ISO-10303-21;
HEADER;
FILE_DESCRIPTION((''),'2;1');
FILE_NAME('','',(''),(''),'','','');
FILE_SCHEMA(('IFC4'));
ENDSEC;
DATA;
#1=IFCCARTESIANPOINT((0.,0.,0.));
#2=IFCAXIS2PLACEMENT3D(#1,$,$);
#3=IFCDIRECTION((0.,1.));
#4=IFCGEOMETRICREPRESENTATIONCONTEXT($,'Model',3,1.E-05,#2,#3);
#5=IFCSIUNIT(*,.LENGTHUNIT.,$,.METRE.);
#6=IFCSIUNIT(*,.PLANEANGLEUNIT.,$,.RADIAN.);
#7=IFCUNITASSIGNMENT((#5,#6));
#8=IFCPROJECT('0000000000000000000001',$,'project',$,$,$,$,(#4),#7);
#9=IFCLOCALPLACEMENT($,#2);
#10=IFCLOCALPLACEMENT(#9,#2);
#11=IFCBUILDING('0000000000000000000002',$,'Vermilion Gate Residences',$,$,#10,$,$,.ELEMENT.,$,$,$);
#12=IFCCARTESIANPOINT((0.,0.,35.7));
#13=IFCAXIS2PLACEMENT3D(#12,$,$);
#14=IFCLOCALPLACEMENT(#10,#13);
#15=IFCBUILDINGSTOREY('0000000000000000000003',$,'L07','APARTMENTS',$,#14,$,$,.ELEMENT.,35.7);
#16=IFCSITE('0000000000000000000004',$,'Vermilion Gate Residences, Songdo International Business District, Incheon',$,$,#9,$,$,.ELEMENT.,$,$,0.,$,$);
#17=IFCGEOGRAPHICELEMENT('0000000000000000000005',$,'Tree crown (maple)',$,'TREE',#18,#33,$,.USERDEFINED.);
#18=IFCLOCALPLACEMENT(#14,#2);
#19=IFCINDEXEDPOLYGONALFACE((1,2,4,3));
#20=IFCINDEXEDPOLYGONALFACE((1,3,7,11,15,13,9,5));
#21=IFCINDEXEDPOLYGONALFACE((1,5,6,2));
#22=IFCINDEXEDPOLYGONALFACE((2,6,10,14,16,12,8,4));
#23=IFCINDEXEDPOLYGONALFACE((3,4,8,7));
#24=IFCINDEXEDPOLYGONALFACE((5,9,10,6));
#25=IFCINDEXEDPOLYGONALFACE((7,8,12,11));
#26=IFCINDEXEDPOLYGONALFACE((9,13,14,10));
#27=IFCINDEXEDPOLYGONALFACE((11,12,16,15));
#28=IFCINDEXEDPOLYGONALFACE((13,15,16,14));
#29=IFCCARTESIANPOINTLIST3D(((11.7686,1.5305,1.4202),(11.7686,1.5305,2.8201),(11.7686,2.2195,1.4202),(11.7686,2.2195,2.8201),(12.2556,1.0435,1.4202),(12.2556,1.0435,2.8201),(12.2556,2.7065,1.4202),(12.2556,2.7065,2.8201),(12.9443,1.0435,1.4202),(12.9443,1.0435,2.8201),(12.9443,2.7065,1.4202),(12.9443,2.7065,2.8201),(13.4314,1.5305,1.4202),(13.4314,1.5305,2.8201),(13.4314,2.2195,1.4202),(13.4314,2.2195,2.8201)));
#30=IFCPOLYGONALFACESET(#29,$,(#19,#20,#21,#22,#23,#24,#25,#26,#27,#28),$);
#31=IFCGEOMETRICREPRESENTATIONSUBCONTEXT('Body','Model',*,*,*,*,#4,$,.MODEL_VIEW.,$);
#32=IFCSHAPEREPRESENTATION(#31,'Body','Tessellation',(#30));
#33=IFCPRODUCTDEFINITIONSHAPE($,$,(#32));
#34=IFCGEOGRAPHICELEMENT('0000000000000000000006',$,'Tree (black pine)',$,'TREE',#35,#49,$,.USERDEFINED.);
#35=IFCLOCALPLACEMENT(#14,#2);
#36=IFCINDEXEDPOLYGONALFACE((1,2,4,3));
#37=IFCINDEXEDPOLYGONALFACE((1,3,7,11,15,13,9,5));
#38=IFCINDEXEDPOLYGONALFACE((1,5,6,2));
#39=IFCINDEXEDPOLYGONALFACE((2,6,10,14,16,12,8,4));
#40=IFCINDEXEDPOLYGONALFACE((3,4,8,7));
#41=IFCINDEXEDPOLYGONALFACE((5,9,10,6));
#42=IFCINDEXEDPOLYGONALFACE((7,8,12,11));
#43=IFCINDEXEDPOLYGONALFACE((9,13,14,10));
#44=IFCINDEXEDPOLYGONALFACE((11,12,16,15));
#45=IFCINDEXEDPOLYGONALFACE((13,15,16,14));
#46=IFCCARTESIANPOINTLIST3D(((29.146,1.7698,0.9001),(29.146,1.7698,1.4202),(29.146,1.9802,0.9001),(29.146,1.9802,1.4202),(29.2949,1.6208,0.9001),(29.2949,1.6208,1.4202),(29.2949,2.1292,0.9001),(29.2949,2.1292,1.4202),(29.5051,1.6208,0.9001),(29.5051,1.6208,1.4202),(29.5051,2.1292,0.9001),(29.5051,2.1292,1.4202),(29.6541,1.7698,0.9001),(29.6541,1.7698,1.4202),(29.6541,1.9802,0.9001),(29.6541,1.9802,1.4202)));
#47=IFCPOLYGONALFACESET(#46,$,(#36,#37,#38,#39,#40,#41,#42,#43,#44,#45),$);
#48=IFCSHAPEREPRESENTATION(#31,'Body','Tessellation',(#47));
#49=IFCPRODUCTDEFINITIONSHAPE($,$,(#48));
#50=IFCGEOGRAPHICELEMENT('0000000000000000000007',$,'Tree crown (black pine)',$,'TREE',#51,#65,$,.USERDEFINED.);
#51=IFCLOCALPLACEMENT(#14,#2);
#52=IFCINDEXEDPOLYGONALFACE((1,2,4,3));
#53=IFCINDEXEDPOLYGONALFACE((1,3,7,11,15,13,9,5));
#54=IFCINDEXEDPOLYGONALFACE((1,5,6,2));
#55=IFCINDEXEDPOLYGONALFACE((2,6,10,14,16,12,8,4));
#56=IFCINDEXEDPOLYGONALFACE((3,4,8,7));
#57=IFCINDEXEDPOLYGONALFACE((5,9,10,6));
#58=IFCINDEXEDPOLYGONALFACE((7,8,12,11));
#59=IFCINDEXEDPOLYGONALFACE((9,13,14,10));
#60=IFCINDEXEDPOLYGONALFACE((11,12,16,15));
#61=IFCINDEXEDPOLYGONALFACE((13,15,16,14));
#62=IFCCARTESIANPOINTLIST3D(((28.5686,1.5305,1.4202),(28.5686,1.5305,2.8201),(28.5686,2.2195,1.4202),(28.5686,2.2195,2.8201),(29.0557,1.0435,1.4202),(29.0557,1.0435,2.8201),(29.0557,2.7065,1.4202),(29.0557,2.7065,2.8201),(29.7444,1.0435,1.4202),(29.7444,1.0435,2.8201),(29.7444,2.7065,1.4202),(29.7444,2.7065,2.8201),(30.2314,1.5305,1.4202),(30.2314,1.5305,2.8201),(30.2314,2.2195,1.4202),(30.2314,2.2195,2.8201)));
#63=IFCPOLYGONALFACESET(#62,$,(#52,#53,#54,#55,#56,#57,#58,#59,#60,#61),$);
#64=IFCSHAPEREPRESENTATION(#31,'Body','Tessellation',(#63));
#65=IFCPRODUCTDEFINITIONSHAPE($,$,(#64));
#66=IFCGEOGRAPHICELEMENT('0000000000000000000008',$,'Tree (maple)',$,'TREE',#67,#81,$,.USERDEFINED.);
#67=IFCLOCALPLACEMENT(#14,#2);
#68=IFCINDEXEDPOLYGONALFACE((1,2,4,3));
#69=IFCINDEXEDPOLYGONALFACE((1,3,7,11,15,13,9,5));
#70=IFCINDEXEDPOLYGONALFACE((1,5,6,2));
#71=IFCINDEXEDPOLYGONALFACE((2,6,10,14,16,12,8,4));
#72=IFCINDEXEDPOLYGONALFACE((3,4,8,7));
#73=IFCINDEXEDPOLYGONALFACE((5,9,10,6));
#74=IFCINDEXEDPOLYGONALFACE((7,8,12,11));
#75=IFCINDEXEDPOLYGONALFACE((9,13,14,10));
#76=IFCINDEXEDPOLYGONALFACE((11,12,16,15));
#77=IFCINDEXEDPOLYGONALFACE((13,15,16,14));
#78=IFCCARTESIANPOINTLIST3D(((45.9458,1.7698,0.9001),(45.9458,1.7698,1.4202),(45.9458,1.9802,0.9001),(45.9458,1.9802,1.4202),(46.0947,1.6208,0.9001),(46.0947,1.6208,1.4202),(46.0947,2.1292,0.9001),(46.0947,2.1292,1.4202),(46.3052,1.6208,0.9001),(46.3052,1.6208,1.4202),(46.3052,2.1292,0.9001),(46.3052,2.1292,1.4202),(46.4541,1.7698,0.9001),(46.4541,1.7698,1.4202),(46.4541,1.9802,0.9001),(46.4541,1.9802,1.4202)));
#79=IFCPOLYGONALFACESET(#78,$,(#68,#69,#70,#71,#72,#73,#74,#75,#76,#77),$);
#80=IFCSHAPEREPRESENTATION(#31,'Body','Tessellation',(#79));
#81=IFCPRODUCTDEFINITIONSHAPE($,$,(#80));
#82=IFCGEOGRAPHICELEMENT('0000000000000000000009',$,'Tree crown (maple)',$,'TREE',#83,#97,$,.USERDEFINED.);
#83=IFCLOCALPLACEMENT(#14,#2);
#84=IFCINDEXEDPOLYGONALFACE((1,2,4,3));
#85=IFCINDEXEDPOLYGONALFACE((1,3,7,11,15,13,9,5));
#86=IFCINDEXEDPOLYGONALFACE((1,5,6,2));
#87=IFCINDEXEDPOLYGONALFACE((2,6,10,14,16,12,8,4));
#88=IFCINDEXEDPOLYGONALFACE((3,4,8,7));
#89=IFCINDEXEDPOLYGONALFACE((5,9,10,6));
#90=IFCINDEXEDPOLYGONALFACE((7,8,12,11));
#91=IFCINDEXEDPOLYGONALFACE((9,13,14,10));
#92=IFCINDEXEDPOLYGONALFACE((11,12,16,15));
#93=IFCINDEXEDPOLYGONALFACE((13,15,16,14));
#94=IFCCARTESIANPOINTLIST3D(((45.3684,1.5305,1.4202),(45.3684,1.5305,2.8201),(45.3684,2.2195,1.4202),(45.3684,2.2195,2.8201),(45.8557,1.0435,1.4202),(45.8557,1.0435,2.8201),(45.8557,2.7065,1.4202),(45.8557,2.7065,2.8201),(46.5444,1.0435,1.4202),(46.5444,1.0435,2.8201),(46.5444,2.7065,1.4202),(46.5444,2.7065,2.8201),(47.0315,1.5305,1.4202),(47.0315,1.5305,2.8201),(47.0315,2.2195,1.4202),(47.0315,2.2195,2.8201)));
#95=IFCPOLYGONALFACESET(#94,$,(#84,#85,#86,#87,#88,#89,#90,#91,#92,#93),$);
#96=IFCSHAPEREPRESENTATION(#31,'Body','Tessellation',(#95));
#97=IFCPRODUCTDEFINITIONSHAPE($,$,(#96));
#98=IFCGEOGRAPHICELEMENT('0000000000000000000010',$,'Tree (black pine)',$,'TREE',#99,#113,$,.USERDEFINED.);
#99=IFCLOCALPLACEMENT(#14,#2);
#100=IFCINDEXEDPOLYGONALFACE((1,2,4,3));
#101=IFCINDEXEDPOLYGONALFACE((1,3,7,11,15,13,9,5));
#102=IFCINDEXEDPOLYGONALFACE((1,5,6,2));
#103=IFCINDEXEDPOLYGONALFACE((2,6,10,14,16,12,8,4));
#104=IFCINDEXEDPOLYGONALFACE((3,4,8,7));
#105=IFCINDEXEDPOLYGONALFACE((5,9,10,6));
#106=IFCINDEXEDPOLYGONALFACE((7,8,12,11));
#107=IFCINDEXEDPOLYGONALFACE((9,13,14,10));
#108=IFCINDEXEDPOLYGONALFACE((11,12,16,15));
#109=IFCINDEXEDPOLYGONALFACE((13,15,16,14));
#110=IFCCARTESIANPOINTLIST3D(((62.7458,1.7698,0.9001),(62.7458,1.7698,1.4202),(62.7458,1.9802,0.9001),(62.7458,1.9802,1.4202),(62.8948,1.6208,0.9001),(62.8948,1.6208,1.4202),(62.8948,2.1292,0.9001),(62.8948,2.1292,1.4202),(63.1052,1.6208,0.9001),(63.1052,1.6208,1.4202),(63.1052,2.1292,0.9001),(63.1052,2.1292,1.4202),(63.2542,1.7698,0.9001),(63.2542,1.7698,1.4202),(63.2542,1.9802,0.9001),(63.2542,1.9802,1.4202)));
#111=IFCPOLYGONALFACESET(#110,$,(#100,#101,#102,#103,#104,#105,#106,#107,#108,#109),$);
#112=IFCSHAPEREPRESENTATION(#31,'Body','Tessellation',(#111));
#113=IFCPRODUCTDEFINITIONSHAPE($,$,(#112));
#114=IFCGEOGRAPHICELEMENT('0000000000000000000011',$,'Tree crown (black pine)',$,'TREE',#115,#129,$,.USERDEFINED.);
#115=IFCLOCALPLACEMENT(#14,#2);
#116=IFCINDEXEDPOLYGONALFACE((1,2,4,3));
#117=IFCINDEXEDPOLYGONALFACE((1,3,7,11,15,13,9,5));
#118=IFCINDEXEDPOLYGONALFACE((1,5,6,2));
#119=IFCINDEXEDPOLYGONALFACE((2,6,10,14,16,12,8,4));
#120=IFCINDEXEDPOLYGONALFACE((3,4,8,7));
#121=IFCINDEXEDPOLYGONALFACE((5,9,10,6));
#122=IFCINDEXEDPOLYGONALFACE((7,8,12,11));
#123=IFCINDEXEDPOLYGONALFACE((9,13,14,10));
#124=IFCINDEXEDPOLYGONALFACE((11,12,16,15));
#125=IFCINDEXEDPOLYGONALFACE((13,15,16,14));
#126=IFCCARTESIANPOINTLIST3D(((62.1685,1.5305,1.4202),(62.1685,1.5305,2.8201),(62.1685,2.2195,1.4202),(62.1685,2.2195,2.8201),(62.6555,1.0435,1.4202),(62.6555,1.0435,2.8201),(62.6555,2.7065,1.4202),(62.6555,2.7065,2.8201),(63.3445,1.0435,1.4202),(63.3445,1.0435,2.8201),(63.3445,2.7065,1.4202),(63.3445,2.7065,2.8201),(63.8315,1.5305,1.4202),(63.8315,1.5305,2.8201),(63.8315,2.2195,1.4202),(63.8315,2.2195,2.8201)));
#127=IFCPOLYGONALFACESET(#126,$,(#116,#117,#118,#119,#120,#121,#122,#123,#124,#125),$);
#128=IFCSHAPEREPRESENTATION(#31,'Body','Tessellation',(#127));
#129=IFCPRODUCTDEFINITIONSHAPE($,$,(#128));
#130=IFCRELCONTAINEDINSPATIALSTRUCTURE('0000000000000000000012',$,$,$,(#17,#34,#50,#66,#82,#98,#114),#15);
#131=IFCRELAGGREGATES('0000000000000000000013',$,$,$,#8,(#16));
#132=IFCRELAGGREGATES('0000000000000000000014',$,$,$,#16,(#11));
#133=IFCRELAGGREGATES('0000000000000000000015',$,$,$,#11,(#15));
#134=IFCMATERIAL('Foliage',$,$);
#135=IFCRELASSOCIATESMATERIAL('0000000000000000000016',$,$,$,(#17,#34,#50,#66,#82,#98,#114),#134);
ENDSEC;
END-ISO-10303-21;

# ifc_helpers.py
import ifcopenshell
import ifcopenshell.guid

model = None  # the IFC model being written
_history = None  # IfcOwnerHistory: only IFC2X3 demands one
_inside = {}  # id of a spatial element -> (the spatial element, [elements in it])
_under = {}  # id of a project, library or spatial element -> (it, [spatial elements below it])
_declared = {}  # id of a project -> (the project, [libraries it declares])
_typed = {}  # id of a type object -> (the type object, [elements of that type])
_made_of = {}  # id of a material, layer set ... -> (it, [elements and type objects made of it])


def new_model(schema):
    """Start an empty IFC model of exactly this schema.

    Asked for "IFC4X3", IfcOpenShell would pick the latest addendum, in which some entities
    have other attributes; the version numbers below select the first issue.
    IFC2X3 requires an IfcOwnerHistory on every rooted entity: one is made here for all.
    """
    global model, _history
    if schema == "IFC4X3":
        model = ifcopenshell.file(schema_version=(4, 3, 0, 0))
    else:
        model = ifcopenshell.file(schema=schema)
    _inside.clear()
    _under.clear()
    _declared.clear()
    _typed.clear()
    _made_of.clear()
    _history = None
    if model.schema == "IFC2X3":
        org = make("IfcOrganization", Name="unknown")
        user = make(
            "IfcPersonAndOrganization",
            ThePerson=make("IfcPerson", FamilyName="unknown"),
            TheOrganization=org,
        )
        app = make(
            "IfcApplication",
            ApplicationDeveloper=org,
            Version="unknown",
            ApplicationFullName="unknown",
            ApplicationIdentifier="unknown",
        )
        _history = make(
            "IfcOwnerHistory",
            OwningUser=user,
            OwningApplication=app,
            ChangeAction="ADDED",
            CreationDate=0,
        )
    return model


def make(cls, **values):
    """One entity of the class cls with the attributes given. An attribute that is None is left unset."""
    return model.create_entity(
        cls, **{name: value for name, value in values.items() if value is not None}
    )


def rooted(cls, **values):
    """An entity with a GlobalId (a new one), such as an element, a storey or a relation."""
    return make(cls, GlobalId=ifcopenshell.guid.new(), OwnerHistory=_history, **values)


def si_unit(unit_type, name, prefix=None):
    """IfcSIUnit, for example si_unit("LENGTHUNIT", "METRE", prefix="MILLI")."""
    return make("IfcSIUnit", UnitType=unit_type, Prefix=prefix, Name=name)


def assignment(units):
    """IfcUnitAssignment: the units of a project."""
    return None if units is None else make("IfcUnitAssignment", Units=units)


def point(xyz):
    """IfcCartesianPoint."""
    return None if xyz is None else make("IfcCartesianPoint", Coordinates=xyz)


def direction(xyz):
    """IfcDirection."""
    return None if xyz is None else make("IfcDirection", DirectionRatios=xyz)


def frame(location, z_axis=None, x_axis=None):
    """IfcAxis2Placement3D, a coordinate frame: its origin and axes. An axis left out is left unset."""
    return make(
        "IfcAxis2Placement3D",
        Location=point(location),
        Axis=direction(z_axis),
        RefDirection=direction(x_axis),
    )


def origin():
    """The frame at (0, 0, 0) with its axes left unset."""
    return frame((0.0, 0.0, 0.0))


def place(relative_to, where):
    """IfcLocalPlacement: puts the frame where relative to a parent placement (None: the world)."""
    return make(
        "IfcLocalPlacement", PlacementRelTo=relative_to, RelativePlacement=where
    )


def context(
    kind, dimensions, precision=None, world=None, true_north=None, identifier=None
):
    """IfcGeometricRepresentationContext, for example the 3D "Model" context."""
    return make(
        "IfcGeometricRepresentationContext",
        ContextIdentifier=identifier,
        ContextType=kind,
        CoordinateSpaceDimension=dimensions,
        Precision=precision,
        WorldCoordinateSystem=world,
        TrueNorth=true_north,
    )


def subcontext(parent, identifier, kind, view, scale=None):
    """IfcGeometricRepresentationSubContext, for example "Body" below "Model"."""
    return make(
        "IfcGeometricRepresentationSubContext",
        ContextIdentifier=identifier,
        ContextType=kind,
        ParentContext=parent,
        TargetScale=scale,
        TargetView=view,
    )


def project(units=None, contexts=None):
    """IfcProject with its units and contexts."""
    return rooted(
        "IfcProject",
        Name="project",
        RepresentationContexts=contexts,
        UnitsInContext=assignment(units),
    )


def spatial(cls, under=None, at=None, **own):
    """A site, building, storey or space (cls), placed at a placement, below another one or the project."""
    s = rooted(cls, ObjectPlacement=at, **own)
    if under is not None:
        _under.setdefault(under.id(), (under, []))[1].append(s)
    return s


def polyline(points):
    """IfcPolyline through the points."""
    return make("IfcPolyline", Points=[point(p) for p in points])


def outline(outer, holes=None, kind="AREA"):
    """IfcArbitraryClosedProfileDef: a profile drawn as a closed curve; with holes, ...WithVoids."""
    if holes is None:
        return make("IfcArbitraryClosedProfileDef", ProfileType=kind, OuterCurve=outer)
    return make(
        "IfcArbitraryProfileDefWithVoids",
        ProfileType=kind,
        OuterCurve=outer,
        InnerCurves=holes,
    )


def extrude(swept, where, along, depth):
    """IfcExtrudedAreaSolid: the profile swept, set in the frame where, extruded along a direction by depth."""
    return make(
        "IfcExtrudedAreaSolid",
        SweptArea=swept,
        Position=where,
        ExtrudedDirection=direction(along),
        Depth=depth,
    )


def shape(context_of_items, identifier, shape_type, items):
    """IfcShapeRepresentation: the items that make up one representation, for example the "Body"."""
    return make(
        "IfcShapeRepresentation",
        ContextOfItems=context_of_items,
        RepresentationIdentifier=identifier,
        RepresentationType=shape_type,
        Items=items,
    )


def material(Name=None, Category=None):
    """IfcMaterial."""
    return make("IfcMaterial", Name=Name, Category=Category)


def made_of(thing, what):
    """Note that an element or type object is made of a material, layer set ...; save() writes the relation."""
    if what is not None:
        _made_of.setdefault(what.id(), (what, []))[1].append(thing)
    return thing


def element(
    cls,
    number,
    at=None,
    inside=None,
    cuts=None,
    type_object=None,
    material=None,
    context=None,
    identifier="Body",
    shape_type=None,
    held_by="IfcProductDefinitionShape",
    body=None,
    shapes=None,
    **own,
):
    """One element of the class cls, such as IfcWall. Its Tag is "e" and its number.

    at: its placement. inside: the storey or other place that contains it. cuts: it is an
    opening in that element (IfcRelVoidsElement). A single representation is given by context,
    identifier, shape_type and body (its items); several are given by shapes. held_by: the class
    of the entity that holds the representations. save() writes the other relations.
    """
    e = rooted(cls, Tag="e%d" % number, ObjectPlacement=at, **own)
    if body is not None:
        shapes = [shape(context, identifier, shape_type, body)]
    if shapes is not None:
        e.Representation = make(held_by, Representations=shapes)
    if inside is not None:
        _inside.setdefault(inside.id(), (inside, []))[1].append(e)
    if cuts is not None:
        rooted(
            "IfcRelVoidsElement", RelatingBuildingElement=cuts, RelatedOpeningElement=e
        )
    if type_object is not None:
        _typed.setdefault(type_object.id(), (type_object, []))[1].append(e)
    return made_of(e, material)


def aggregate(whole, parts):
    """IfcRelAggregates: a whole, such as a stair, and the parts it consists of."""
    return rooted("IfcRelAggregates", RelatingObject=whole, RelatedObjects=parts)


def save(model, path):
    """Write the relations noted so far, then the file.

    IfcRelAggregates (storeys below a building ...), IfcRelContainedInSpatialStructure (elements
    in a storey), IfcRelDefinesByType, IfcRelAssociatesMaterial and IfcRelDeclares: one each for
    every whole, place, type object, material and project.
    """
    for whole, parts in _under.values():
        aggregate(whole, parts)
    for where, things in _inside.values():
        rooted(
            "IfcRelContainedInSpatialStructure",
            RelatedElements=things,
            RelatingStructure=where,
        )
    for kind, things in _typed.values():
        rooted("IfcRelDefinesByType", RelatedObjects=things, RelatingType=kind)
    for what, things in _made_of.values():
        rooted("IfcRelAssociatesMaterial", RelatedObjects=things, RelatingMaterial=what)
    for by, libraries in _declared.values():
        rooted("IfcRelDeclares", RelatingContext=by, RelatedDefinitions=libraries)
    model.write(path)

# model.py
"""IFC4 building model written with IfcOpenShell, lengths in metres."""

from ifc_helpers import new_model, si_unit, direction, frame, origin, place, context, subcontext, project, spatial, polyline, outline, extrude, material, element, save


model = new_model("IFC4")

# Units and contexts
model_context = context("Model", 3, precision=1e-05, world=origin(), true_north=direction((0.0, 1.0)))
body_context = subcontext(model_context, "Body", "Model", "MODEL_VIEW")
ifc_project = project(units=[si_unit("LENGTHUNIT", "METRE"), si_unit("PLANEANGLEUNIT", "RADIAN")], contexts=[model_context])

# Site, building, storey
site_placement = place(None, origin())
site = spatial("IfcSite", under=ifc_project, at=site_placement, Name="Vermilion Gate Residences, Songdo International Business District, Incheon", CompositionType="ELEMENT", RefElevation=0.0)
building_placement = place(site_placement, origin())
building = spatial("IfcBuilding", under=site, at=building_placement, Name="Vermilion Gate Residences", CompositionType="ELEMENT")
storey_placement = place(building_placement, frame((0.0, 0.0, 35.7)))
storey = spatial("IfcBuildingStorey", under=building, at=storey_placement, Name="L07", Description="APARTMENTS", CompositionType="ELEMENT", Elevation=35.7)

# Geographic elements
ifc_material_1 = material(Name="Foliage")
geographic_element_1_placement = place(storey_placement, frame((0.0, 0.0, 1.4202)))
element("IfcGeographicElement", 1, at=geographic_element_1_placement, inside=storey, material=ifc_material_1, Name="Tree crown (maple)", ObjectType="TREE", PredefinedType="USERDEFINED", context=body_context, shape_type="SweptSolid", body=[
    extrude(outline(polyline([(13.4314, 2.2195), (12.9443, 2.7065), (12.2556, 2.7065), (11.7686, 2.2195), (11.7686, 1.5305), (12.2556, 1.0435), (12.9443, 1.0435), (13.4314, 1.5305), (13.4314, 2.2195)])), origin(), (0.0, 0.0, 1.0), 1.3999),
])
geographic_element_2_placement = place(storey_placement, frame((0.0, 0.0, 0.9001)))
element("IfcGeographicElement", 2, at=geographic_element_2_placement, inside=storey, material=ifc_material_1, Name="Tree (black pine)", ObjectType="TREE", PredefinedType="USERDEFINED", context=body_context, shape_type="SweptSolid", body=[
    extrude(outline(polyline([(29.6541, 1.9802), (29.5051, 2.1292), (29.2949, 2.1292), (29.146, 1.9802), (29.146, 1.7698), (29.2949, 1.6208), (29.5051, 1.6208), (29.6541, 1.7698), (29.6541, 1.9802)])), origin(), (0.0, 0.0, 1.0), 0.52),
])
geographic_element_3_placement = place(storey_placement, frame((0.0, 0.0, 1.4202)))
element("IfcGeographicElement", 3, at=geographic_element_3_placement, inside=storey, material=ifc_material_1, Name="Tree crown (black pine)", ObjectType="TREE", PredefinedType="USERDEFINED", context=body_context, shape_type="SweptSolid", body=[
    extrude(outline(polyline([(30.2314, 2.2195), (29.7444, 2.7065), (29.0557, 2.7065), (28.5686, 2.2195), (28.5686, 1.5305), (29.0557, 1.0435), (29.7444, 1.0435), (30.2314, 1.5305), (30.2314, 2.2195)])), origin(), (0.0, 0.0, 1.0), 1.3999),
])
geographic_element_4_placement = place(storey_placement, frame((0.0, 0.0, 0.9001)))
element("IfcGeographicElement", 4, at=geographic_element_4_placement, inside=storey, material=ifc_material_1, Name="Tree (maple)", ObjectType="TREE", PredefinedType="USERDEFINED", context=body_context, shape_type="SweptSolid", body=[
    extrude(outline(polyline([(46.4541, 1.9802), (46.3052, 2.1292), (46.0947, 2.1292), (45.9458, 1.9802), (45.9458, 1.7698), (46.0947, 1.6208), (46.3052, 1.6208), (46.4541, 1.7698), (46.4541, 1.9802)])), origin(), (0.0, 0.0, 1.0), 0.52),
])
geographic_element_5_placement = place(storey_placement, frame((0.0, 0.0, 1.4202)))
element("IfcGeographicElement", 5, at=geographic_element_5_placement, inside=storey, material=ifc_material_1, Name="Tree crown (maple)", ObjectType="TREE", PredefinedType="USERDEFINED", context=body_context, shape_type="SweptSolid", body=[
    extrude(outline(polyline([(47.0315, 2.2195), (46.5444, 2.7065), (45.8557, 2.7065), (45.3684, 2.2195), (45.3684, 1.5305), (45.8557, 1.0435), (46.5444, 1.0435), (47.0315, 1.5305), (47.0315, 2.2195)])), origin(), (0.0, 0.0, 1.0), 1.3999),
])
geographic_element_6_placement = place(storey_placement, frame((0.0, 0.0, 0.9001)))
element("IfcGeographicElement", 6, at=geographic_element_6_placement, inside=storey, material=ifc_material_1, Name="Tree (black pine)", ObjectType="TREE", PredefinedType="USERDEFINED", context=body_context, shape_type="SweptSolid", body=[
    extrude(outline(polyline([(63.2542, 1.9802), (63.1052, 2.1292), (62.8948, 2.1292), (62.7458, 1.9802), (62.7458, 1.7698), (62.8948, 1.6208), (63.1052, 1.6208), (63.2542, 1.7698), (63.2542, 1.9802)])), origin(), (0.0, 0.0, 1.0), 0.52),
])
geographic_element_7_placement = place(storey_placement, frame((0.0, 0.0, 1.4202)))
element("IfcGeographicElement", 7, at=geographic_element_7_placement, inside=storey, material=ifc_material_1, Name="Tree crown (black pine)", ObjectType="TREE", PredefinedType="USERDEFINED", context=body_context, shape_type="SweptSolid", body=[
    extrude(outline(polyline([(63.8315, 2.2195), (63.3445, 2.7065), (62.6555, 2.7065), (62.1685, 2.2195), (62.1685, 1.5305), (62.6555, 1.0435), (63.3445, 1.0435), (63.8315, 1.5305), (63.8315, 2.2195)])), origin(), (0.0, 0.0, 1.0), 1.3999),
])

save(model, "model.ifc")
